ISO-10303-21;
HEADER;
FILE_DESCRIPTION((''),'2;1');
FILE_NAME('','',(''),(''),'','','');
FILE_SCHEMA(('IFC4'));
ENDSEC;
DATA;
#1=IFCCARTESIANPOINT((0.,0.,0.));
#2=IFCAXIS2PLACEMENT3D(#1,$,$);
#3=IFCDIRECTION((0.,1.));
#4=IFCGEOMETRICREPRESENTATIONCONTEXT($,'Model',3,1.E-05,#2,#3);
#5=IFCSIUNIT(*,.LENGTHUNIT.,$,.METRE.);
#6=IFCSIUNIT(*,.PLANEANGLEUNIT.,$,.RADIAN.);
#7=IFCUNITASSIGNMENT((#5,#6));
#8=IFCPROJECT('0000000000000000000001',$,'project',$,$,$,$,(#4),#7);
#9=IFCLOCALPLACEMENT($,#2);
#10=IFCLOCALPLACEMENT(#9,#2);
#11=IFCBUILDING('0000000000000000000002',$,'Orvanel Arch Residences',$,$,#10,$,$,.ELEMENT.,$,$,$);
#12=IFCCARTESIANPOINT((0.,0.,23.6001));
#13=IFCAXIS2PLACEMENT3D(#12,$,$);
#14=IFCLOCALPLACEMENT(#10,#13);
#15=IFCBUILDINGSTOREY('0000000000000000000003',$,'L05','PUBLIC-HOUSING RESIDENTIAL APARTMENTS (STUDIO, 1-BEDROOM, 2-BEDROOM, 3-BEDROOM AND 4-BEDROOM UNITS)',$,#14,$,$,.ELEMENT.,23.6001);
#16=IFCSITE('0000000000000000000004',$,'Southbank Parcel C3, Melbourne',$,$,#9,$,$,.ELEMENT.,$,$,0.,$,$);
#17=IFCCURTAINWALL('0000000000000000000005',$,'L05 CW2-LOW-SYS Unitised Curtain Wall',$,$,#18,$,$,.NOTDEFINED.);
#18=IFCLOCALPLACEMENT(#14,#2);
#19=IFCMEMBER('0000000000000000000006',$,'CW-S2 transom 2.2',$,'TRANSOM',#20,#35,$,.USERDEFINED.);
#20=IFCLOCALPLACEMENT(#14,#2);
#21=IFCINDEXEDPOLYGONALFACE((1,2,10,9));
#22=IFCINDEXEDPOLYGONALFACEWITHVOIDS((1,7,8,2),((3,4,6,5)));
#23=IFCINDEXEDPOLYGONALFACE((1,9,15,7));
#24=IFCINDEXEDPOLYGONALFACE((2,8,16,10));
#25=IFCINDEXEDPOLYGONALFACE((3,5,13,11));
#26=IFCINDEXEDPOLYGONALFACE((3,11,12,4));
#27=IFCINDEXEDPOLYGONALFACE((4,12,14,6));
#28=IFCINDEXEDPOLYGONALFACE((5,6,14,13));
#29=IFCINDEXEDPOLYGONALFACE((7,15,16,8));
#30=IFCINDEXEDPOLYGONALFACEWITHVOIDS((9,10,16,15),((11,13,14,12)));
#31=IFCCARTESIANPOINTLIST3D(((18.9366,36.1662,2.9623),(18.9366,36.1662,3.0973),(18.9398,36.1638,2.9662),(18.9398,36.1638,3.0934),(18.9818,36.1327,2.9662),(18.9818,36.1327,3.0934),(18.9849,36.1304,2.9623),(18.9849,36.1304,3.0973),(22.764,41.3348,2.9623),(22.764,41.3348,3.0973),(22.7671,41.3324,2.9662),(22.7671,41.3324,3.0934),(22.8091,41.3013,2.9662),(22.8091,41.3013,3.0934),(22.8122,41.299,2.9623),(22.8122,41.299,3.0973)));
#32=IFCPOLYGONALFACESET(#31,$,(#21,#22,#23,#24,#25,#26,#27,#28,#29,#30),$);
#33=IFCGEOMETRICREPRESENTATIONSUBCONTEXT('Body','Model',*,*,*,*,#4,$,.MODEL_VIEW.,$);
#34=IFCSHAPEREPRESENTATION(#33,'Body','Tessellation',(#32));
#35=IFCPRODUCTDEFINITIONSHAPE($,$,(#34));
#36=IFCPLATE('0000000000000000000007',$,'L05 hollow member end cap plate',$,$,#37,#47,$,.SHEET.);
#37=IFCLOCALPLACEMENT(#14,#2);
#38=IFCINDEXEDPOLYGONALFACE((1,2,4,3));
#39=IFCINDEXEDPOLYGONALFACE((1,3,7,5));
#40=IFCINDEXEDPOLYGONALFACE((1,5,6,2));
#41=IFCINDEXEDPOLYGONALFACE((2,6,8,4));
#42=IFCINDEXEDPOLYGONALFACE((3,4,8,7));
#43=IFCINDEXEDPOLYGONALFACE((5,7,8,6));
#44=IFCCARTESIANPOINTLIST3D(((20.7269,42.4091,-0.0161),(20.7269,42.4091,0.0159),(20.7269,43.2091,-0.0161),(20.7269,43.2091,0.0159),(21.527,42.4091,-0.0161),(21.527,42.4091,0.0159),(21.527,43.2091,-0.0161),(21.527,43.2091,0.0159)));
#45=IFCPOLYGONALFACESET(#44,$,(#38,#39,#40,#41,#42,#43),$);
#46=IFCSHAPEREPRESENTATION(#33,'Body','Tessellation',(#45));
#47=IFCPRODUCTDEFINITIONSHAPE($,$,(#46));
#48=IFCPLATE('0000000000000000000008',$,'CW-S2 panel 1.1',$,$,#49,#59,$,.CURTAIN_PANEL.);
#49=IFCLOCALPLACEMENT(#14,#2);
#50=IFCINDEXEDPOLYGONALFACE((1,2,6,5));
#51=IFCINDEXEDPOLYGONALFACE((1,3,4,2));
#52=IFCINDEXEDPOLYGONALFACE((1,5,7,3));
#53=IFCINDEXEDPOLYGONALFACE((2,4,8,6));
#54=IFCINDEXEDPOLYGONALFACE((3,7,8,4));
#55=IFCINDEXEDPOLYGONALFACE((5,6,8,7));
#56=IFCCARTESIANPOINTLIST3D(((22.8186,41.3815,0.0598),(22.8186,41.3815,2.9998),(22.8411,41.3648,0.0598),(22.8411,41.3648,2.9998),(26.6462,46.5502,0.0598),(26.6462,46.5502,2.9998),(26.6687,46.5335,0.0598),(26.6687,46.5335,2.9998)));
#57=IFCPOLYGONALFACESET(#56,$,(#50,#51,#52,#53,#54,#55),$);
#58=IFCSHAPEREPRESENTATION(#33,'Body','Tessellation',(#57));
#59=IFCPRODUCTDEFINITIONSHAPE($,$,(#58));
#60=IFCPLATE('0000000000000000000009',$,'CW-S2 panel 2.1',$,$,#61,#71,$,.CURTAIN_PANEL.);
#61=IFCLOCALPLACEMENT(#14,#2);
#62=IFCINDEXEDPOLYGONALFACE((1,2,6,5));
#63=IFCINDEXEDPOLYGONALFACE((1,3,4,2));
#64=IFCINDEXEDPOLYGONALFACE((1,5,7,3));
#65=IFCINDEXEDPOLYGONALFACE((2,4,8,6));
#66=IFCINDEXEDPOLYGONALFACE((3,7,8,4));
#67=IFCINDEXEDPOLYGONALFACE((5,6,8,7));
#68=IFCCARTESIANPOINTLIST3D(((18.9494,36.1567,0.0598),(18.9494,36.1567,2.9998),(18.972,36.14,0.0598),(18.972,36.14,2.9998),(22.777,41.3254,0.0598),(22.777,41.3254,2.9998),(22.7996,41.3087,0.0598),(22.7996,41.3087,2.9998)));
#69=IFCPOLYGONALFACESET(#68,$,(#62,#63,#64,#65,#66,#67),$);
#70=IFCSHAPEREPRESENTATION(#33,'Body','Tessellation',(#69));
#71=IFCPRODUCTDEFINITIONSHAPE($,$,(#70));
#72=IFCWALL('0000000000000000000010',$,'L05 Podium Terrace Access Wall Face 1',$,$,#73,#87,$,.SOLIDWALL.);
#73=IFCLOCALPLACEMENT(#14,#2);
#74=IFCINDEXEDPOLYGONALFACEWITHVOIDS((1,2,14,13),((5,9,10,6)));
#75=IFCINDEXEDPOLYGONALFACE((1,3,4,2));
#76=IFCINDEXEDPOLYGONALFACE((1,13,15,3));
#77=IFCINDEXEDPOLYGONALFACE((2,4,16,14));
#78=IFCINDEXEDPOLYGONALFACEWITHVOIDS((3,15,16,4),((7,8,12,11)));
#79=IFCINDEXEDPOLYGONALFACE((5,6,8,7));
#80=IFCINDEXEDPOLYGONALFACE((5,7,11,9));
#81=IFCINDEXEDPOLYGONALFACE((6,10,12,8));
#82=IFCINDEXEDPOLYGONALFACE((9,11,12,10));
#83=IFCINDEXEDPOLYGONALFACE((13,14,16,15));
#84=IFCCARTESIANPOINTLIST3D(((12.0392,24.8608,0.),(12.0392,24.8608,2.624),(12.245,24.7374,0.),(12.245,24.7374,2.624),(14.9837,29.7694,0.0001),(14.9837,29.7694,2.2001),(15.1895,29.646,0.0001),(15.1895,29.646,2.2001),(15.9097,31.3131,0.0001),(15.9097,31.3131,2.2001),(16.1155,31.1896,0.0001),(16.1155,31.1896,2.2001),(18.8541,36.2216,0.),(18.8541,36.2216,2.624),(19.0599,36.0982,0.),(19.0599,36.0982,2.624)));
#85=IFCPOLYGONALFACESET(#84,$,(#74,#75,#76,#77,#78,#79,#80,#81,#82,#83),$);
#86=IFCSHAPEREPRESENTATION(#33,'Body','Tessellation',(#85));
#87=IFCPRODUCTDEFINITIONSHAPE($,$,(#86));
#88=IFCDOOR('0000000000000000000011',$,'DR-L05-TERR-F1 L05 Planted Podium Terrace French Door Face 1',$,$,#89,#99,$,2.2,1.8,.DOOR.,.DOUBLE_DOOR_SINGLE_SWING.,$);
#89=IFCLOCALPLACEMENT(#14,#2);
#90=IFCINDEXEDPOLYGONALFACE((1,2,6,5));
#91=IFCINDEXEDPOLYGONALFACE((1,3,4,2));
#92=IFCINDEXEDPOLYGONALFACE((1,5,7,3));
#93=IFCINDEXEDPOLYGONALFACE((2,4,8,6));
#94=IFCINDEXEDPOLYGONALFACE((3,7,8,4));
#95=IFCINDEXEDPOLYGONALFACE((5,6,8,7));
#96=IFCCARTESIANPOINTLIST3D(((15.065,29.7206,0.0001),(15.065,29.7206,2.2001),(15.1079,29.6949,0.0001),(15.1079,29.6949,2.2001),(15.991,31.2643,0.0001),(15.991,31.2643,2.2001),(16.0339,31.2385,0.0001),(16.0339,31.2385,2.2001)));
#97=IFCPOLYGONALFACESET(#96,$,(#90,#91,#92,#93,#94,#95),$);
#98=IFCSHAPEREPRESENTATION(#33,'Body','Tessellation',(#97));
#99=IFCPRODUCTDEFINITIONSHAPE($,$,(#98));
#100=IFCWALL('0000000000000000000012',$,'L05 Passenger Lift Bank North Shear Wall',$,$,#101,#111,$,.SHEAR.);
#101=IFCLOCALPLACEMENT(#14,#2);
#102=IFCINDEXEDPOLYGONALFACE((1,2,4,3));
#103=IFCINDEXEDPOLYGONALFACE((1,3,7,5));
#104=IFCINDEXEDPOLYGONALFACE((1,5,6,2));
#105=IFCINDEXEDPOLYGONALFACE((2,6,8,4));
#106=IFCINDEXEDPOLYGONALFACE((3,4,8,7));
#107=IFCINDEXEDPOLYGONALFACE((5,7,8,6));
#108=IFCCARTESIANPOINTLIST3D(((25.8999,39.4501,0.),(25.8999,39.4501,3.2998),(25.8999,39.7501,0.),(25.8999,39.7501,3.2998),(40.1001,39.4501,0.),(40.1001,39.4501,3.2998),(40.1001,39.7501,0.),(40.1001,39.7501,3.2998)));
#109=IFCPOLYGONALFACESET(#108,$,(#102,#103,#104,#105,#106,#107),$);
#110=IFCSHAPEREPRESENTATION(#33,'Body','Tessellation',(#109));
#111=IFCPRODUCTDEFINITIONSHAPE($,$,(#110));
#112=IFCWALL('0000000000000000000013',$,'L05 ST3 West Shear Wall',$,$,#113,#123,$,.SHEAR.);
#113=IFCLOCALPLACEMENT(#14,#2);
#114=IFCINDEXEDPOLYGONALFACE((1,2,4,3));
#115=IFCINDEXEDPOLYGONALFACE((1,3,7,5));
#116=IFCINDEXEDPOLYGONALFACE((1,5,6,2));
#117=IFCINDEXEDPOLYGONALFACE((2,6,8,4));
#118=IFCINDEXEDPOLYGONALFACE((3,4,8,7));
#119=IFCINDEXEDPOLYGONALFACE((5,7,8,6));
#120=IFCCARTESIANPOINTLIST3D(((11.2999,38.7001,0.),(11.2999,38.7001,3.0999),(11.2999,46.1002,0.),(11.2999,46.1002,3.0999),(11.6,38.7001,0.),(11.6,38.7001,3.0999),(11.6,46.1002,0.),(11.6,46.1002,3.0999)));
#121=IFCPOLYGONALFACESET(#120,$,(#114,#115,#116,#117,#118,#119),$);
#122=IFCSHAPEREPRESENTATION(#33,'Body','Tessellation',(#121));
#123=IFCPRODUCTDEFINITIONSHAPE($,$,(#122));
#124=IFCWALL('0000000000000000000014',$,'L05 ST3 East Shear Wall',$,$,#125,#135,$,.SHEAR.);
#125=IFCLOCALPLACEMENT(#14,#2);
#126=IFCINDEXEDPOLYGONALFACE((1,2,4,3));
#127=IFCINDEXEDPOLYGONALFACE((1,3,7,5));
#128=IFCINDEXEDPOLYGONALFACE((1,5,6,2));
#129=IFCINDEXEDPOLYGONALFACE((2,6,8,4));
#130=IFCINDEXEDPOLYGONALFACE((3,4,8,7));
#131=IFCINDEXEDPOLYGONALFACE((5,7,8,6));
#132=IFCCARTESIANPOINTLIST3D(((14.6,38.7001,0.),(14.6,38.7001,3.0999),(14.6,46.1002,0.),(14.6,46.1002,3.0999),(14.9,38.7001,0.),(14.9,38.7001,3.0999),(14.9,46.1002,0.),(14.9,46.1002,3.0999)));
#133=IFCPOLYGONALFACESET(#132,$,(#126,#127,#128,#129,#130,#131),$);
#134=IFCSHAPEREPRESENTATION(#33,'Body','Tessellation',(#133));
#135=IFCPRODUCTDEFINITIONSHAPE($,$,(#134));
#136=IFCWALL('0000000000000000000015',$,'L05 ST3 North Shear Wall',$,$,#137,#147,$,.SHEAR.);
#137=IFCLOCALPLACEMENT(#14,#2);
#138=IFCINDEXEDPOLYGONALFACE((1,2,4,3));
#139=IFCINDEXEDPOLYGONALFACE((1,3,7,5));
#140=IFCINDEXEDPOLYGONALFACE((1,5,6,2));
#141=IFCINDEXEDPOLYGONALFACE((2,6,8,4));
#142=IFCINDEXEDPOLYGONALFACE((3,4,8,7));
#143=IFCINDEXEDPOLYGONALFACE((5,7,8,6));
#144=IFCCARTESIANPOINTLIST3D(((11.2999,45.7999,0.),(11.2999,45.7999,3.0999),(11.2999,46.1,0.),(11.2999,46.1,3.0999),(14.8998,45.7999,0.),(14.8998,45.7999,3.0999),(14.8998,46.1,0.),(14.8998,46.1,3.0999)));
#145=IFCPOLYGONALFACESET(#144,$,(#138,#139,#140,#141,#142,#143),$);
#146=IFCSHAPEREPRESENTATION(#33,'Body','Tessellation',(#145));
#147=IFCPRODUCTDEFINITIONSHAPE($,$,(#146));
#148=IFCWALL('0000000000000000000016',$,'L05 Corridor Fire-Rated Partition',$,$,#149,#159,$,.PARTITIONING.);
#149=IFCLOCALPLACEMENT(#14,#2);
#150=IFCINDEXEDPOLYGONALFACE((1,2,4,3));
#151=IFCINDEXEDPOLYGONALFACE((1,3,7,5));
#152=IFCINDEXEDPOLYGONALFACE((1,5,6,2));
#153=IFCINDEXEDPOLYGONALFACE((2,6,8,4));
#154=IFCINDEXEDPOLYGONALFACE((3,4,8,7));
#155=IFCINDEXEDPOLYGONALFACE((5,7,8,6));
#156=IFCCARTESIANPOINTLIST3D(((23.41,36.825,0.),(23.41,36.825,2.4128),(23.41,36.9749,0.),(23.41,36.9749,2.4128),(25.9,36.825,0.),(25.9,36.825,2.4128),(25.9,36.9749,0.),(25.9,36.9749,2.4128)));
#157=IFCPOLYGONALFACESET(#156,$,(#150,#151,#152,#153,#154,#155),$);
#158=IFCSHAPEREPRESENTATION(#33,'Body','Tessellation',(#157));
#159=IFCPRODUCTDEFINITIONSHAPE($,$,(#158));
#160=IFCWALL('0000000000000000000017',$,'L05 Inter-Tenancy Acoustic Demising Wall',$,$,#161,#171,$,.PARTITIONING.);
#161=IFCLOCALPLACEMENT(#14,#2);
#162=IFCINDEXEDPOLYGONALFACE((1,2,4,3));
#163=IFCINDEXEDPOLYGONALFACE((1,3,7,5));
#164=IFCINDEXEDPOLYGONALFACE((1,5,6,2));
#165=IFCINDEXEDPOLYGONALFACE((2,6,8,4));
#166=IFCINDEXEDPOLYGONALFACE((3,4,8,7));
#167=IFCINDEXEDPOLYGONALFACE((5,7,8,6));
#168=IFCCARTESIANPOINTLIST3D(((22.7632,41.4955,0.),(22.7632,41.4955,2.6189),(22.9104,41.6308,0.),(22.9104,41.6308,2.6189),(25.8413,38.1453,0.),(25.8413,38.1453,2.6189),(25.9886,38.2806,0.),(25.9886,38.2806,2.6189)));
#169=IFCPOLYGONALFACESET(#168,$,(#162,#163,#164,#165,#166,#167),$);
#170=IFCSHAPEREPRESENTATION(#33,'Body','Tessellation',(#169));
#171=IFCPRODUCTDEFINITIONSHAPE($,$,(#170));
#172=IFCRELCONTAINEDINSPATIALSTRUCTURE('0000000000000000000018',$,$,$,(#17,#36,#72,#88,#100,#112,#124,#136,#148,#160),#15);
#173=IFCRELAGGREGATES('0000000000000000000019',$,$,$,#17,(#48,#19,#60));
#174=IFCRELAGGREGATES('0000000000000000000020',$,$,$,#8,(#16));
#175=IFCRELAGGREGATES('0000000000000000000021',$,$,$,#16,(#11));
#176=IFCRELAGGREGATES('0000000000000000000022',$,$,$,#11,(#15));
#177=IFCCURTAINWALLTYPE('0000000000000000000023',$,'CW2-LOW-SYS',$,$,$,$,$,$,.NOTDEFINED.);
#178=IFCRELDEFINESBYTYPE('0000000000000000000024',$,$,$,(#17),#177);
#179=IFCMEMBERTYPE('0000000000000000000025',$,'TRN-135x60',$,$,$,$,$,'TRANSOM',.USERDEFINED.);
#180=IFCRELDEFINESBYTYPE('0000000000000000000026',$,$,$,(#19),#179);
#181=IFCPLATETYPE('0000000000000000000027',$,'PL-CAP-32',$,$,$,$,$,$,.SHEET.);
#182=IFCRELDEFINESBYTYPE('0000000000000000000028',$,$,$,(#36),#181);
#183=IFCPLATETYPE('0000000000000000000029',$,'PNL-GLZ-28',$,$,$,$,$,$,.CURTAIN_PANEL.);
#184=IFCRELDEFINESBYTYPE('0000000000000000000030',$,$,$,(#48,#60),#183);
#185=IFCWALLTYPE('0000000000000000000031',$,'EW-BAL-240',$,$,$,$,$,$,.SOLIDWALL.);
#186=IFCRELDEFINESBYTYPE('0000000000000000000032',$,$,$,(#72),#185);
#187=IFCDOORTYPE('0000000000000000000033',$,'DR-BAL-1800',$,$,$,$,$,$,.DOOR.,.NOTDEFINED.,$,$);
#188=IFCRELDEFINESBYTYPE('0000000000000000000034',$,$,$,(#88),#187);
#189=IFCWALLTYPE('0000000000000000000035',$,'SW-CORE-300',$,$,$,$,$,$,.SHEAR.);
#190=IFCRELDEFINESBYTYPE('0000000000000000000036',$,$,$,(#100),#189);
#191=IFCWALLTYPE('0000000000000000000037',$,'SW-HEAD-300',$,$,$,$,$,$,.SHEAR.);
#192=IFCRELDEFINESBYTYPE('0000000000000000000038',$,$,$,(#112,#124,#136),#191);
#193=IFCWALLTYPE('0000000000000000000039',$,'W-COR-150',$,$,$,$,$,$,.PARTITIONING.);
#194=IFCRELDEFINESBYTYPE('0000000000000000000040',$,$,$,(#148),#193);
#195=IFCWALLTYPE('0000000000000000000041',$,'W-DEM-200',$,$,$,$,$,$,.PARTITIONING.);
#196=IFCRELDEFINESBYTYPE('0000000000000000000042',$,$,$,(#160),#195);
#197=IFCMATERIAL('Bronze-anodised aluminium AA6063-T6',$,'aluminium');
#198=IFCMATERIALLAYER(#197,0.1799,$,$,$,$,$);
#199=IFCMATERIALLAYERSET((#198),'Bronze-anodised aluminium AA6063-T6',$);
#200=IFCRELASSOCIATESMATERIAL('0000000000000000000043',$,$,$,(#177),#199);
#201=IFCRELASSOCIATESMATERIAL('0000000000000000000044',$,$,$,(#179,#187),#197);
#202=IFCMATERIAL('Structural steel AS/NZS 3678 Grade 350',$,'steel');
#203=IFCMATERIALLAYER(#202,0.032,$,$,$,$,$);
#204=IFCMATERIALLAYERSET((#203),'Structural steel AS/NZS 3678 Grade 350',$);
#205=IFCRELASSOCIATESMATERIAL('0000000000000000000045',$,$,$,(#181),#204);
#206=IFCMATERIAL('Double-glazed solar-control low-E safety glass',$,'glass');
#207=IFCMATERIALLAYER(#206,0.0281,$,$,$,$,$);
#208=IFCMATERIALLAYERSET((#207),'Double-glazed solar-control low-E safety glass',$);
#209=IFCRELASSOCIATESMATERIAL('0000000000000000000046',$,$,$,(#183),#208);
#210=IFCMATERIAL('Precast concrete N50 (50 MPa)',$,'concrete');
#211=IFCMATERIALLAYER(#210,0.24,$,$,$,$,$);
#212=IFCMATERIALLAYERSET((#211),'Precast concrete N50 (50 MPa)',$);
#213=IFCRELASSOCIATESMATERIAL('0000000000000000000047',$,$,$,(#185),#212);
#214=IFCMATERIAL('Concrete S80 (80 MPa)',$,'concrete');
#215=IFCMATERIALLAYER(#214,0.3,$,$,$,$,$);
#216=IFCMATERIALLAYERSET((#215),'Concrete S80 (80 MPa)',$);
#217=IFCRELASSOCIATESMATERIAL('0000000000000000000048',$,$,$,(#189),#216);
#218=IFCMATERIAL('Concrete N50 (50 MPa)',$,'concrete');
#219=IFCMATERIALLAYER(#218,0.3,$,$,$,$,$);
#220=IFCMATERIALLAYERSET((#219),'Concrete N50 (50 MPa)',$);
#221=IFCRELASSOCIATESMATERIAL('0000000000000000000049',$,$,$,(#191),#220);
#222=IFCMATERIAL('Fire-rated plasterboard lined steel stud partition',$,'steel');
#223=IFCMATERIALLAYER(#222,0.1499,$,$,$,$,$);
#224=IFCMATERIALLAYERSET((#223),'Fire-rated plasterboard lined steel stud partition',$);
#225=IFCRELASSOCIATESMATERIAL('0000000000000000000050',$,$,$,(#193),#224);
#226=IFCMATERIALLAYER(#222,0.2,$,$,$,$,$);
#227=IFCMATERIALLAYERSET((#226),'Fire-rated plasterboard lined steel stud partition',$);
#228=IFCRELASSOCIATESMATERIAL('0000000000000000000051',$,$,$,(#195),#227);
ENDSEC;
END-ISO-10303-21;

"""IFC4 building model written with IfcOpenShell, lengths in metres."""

from ifc_helpers import new_model, si_unit, direction, frame, frame_2d, origin, origin_2d, place, context, subcontext, project, spatial, rectangle, hollow_rectangle, extrude, material, layer, layer_set, material_profile, profile_set, type_object, element, fill, aggregate, save


model = new_model("IFC4")

# Units and contexts
model_context = context("Model", 3, precision=1e-05, world=origin(), true_north=direction((0.0, 1.0)))
body_context = subcontext(model_context, "Body", "Model", "MODEL_VIEW")
ifc_project = project(units=[si_unit("LENGTHUNIT", "METRE"), si_unit("PLANEANGLEUNIT", "RADIAN")], contexts=[model_context])

# Site, building, storey
site_placement = place(None, origin())
site = spatial("IfcSite", under=ifc_project, at=site_placement, Name="Southbank Parcel C3, Melbourne", CompositionType="ELEMENT", RefElevation=0.0)
building_placement = place(site_placement, origin())
building = spatial("IfcBuilding", under=site, at=building_placement, Name="Orvanel Arch Residences", CompositionType="ELEMENT")
storey_placement = place(building_placement, frame((0.0, 0.0, 23.6001)))
storey = spatial("IfcBuildingStorey", under=building, at=storey_placement, Name="L05", Description="PUBLIC-HOUSING RESIDENTIAL APARTMENTS (STUDIO, 1-BEDROOM, 2-BEDROOM, 3-BEDROOM AND 4-BEDROOM UNITS)", CompositionType="ELEMENT", Elevation=23.6001)

# Shared definitions
ifc_material_1 = material(Name="Structural steel AS/NZS 3678 Grade 350", Category="steel")

# Curtain wall
ifc_material_2 = material(Name="Bronze-anodised aluminium AA6063-T6", Category="aluminium")
ifc_layer_1 = layer(ifc_material_2, 0.1799)
ifc_layer_set_1 = layer_set([ifc_layer_1], Name="Bronze-anodised aluminium AA6063-T6")
curtain_wall_type = type_object("IfcCurtainWallType", Name="CW2-LOW-SYS", PredefinedType="NOTDEFINED", material=ifc_layer_set_1)
curtain_wall_placement = place(storey_placement, origin())
curtain_wall = element("IfcCurtainWall", 1, at=curtain_wall_placement, inside=storey, type_object=curtain_wall_type, Name="L05 CW2-LOW-SYS Unitised Curtain Wall", PredefinedType="NOTDEFINED")

# Member
ifc_material_profile_1 = material_profile(ifc_material_2, hollow_rectangle(XDim=0.0601, YDim=0.135, WallThickness=0.0039, at=origin_2d()), Name="ALU135x60x4")
ifc_profile_set_1 = profile_set([ifc_material_profile_1], Name="Bronze-anodised aluminium AA6063-T6")
member_type_1 = type_object("IfcMemberType", Name="TRN-135x60", ElementType="TRANSOM", PredefinedType="USERDEFINED", material=ifc_profile_set_1)
member_1_placement = place(storey_placement, frame((22.7881, 41.3169, 3.0298), z_axis=(-0.5951, -0.803652, 0.0), x_axis=(0.803652, -0.5951, 0.0)))
member_1 = element("IfcMember", 2, at=member_1_placement, type_object=member_type_1, Name="CW-S2 transom 2.2", ObjectType="TRANSOM", PredefinedType="USERDEFINED", context=body_context, shape_type="SweptSolid", body=[
    extrude(hollow_rectangle(XDim=0.0601, YDim=0.135, WallThickness=0.0039, at=origin_2d()), origin(), (0.0, 0.0, 1.0), 6.4314),
])

# Plates
ifc_layer_2 = layer(ifc_material_1, 0.032)
ifc_layer_set_2 = layer_set([ifc_layer_2], Name="Structural steel AS/NZS 3678 Grade 350")
plate_type_1 = type_object("IfcPlateType", Name="PL-CAP-32", PredefinedType="SHEET", material=ifc_layer_set_2)
plate_1_placement = place(storey_placement, frame((21.127, 42.8091, -0.0161), z_axis=(0.0, 0.0, 1.0), x_axis=(1.0, 0.0, 0.0)))
element("IfcPlate", 3, at=plate_1_placement, inside=storey, type_object=plate_type_1, Name="L05 hollow member end cap plate", PredefinedType="SHEET", context=body_context, shape_type="SweptSolid", body=[
    extrude(rectangle(XDim=0.8, YDim=0.8, at=origin_2d()), origin(), (0.0, 0.0, 1.0), 0.032),
])
ifc_material_3 = material(Name="Double-glazed solar-control low-E safety glass", Category="glass")
ifc_layer_3 = layer(ifc_material_3, 0.0281)
ifc_layer_set_3 = layer_set([ifc_layer_3], Name="Double-glazed solar-control low-E safety glass")
plate_type_2 = type_object("IfcPlateType", Name="PNL-GLZ-28", PredefinedType="CURTAIN_PANEL", material=ifc_layer_set_3)
plate_2_placement = place(storey_placement, frame((24.7437, 43.9575, 0.0598), z_axis=(0.0, 0.0, 1.0), x_axis=(-0.595118, -0.803638, 0.0)))
plate_2 = element("IfcPlate", 4, at=plate_2_placement, type_object=plate_type_2, Name="CW-S2 panel 1.1", PredefinedType="CURTAIN_PANEL", context=body_context, shape_type="SweptSolid", body=[
    extrude(rectangle(XDim=6.4316, YDim=0.0281, at=origin_2d()), origin(), (0.0, 0.0, 1.0), 2.9399),
])
plate_3_placement = place(storey_placement, frame((20.8745, 38.7327, 0.0598), z_axis=(0.0, 0.0, 1.0), x_axis=(-0.595118, -0.803638, 0.0)))
plate_3 = element("IfcPlate", 5, at=plate_3_placement, type_object=plate_type_2, Name="CW-S2 panel 2.1", PredefinedType="CURTAIN_PANEL", context=body_context, shape_type="SweptSolid", body=[
    extrude(rectangle(XDim=6.4316, YDim=0.0281, at=origin_2d()), origin(), (0.0, 0.0, 1.0), 2.9399),
])
aggregate(curtain_wall, [plate_2, member_1, plate_3])

# Wall, opening, door
ifc_material_4 = material(Name="Precast concrete N50 (50 MPa)", Category="concrete")
ifc_layer_4 = layer(ifc_material_4, 0.24)
ifc_layer_set_4 = layer_set([ifc_layer_4], Name="Precast concrete N50 (50 MPa)")
wall_type_1 = type_object("IfcWallType", Name="EW-BAL-240", PredefinedType="SOLIDWALL", material=ifc_layer_set_4)
wall_1_placement = place(storey_placement, frame((18.957, 36.1599, 0.0), z_axis=(0.0, 0.0, 1.0), x_axis=(-0.514409, -0.857545, 0.0)))
wall_1 = element("IfcWall", 6, at=wall_1_placement, inside=storey, type_object=wall_type_1, Name="L05 Podium Terrace Access Wall Face 1", PredefinedType="SOLIDWALL", context=body_context, shape_type="SweptSolid", body=[
    extrude(rectangle(XDim=13.248, YDim=0.24, at=frame_2d((6.624, 0.0))), origin(), (0.0, 0.0, 1.0), 2.624),
])
opening_1_placement = place(wall_1_placement, frame((5.7241, 0.0, 0.0)))
opening_1 = element("IfcOpeningElement", 7, at=opening_1_placement, cuts=wall_1, PredefinedType="OPENING", context=body_context, shape_type="SweptSolid", body=[
    extrude(rectangle(XDim=1.8, YDim=2.2, at=frame_2d((0.8999, 1.1001))), frame((0.0, 0.1299, 0.0), z_axis=(0.0, -1.0, 0.0), x_axis=(1.0, 0.0, 0.0)), (0.0, 0.0, 1.0), 0.26),
])
door_type_1 = type_object("IfcDoorType", Name="DR-BAL-1800", OperationType="NOTDEFINED", PredefinedType="DOOR", material=ifc_material_2)
door_1_placement = place(opening_1_placement, origin())
door_1 = element("IfcDoor", 8, at=door_1_placement, inside=storey, type_object=door_type_1, Name="DR-L05-TERR-F1 L05 Planted Podium Terrace French Door Face 1", OperationType="DOUBLE_DOOR_SINGLE_SWING", OverallHeight=2.2, OverallWidth=1.8, PredefinedType="DOOR", context=body_context, shape_type="SweptSolid", body=[
    extrude(rectangle(XDim=1.8, YDim=2.2, at=frame_2d((0.8999, 1.1001))), frame((0.0, 0.0249, 0.0), z_axis=(0.0, -1.0, 0.0), x_axis=(1.0, 0.0, 0.0)), (0.0, 0.0, 1.0), 0.05),
])
fill(opening_1, door_1)

# Walls
ifc_material_5 = material(Name="Concrete S80 (80 MPa)", Category="concrete")
ifc_layer_5 = layer(ifc_material_5, 0.3)
ifc_layer_set_5 = layer_set([ifc_layer_5], Name="Concrete S80 (80 MPa)")
wall_type_2 = type_object("IfcWallType", Name="SW-CORE-300", PredefinedType="SHEAR", material=ifc_layer_set_5)
wall_2_placement = place(storey_placement, frame((25.8999, 39.6001, 0.0), z_axis=(0.0, 0.0, 1.0), x_axis=(1.0, 0.0, 0.0)))
element("IfcWall", 9, at=wall_2_placement, inside=storey, type_object=wall_type_2, Name="L05 Passenger Lift Bank North Shear Wall", PredefinedType="SHEAR", context=body_context, shape_type="SweptSolid", body=[
    extrude(rectangle(XDim=14.2002, YDim=0.3, at=frame_2d((7.1001, 0.0))), origin(), (0.0, 0.0, 1.0), 3.2998),
])
ifc_material_6 = material(Name="Concrete N50 (50 MPa)", Category="concrete")
ifc_layer_6 = layer(ifc_material_6, 0.3)
ifc_layer_set_6 = layer_set([ifc_layer_6], Name="Concrete N50 (50 MPa)")
wall_type_3 = type_object("IfcWallType", Name="SW-HEAD-300", PredefinedType="SHEAR", material=ifc_layer_set_6)
for number, where, z_axis, x_axis, name in (
    (10, (11.45, 38.7, 0.0), (0.0, 0.0, 1.0), (0.0, 1.0, 0.0), "L05 ST3 West Shear Wall"),
    (11, (14.75, 38.7, 0.0), (0.0, 0.0, 1.0), (0.0, 1.0, 0.0), "L05 ST3 East Shear Wall"),
):
    element("IfcWall", number, at=place(storey_placement, frame(where, z_axis=z_axis, x_axis=x_axis)), inside=storey, type_object=wall_type_3, Name=name, PredefinedType="SHEAR", context=body_context, shape_type="SweptSolid", body=[
        extrude(rectangle(XDim=7.4001, YDim=0.3, at=frame_2d((3.7002, 0.0))), origin(), (0.0, 0.0, 1.0), 3.0999),
    ])
wall_3_placement = place(storey_placement, frame((11.3, 45.95, 0.0), z_axis=(0.0, 0.0, 1.0), x_axis=(1.0, 0.0, 0.0)))
element("IfcWall", 12, at=wall_3_placement, inside=storey, type_object=wall_type_3, Name="L05 ST3 North Shear Wall", PredefinedType="SHEAR", context=body_context, shape_type="SweptSolid", body=[
    extrude(rectangle(XDim=3.5999, YDim=0.3, at=frame_2d((1.7998, 0.0))), origin(), (0.0, 0.0, 1.0), 3.0999),
])

# Walls
ifc_material_7 = material(Name="Fire-rated plasterboard lined steel stud partition", Category="steel")
ifc_layer_7 = layer(ifc_material_7, 0.1499)
ifc_layer_set_7 = layer_set([ifc_layer_7], Name="Fire-rated plasterboard lined steel stud partition")
wall_type_4 = type_object("IfcWallType", Name="W-COR-150", PredefinedType="PARTITIONING", material=ifc_layer_set_7)
wall_4_placement = place(storey_placement, frame((23.4099, 36.8999, 0.0), z_axis=(0.0, 0.0, 1.0), x_axis=(1.0, 0.0, 0.0)))
element("IfcWall", 13, at=wall_4_placement, inside=storey, type_object=wall_type_4, Name="L05 Corridor Fire-Rated Partition", PredefinedType="PARTITIONING", context=body_context, shape_type="SweptSolid", body=[
    extrude(rectangle(XDim=2.49, YDim=0.1499, at=frame_2d((1.2451, 0.0))), origin(), (0.0, 0.0, 1.0), 2.4128),
])
ifc_layer_8 = layer(ifc_material_7, 0.2)
ifc_layer_set_8 = layer_set([ifc_layer_8], Name="Fire-rated plasterboard lined steel stud partition")
wall_type_5 = type_object("IfcWallType", Name="W-DEM-200", PredefinedType="PARTITIONING", material=ifc_layer_set_8)
wall_5_placement = place(storey_placement, frame((25.915, 38.2129, 0.0), z_axis=(0.0, 0.0, 1.0), x_axis=(-0.676584, 0.736365, 0.0)))
element("IfcWall", 14, at=wall_5_placement, inside=storey, type_object=wall_type_5, Name="L05 Inter-Tenancy Acoustic Demising Wall", PredefinedType="PARTITIONING", context=body_context, shape_type="SweptSolid", body=[
    extrude(rectangle(XDim=4.5496, YDim=0.2, at=frame_2d((2.2749, 0.0))), origin(), (0.0, 0.0, 1.0), 2.6189),
])

save(model, "model.ifc")
